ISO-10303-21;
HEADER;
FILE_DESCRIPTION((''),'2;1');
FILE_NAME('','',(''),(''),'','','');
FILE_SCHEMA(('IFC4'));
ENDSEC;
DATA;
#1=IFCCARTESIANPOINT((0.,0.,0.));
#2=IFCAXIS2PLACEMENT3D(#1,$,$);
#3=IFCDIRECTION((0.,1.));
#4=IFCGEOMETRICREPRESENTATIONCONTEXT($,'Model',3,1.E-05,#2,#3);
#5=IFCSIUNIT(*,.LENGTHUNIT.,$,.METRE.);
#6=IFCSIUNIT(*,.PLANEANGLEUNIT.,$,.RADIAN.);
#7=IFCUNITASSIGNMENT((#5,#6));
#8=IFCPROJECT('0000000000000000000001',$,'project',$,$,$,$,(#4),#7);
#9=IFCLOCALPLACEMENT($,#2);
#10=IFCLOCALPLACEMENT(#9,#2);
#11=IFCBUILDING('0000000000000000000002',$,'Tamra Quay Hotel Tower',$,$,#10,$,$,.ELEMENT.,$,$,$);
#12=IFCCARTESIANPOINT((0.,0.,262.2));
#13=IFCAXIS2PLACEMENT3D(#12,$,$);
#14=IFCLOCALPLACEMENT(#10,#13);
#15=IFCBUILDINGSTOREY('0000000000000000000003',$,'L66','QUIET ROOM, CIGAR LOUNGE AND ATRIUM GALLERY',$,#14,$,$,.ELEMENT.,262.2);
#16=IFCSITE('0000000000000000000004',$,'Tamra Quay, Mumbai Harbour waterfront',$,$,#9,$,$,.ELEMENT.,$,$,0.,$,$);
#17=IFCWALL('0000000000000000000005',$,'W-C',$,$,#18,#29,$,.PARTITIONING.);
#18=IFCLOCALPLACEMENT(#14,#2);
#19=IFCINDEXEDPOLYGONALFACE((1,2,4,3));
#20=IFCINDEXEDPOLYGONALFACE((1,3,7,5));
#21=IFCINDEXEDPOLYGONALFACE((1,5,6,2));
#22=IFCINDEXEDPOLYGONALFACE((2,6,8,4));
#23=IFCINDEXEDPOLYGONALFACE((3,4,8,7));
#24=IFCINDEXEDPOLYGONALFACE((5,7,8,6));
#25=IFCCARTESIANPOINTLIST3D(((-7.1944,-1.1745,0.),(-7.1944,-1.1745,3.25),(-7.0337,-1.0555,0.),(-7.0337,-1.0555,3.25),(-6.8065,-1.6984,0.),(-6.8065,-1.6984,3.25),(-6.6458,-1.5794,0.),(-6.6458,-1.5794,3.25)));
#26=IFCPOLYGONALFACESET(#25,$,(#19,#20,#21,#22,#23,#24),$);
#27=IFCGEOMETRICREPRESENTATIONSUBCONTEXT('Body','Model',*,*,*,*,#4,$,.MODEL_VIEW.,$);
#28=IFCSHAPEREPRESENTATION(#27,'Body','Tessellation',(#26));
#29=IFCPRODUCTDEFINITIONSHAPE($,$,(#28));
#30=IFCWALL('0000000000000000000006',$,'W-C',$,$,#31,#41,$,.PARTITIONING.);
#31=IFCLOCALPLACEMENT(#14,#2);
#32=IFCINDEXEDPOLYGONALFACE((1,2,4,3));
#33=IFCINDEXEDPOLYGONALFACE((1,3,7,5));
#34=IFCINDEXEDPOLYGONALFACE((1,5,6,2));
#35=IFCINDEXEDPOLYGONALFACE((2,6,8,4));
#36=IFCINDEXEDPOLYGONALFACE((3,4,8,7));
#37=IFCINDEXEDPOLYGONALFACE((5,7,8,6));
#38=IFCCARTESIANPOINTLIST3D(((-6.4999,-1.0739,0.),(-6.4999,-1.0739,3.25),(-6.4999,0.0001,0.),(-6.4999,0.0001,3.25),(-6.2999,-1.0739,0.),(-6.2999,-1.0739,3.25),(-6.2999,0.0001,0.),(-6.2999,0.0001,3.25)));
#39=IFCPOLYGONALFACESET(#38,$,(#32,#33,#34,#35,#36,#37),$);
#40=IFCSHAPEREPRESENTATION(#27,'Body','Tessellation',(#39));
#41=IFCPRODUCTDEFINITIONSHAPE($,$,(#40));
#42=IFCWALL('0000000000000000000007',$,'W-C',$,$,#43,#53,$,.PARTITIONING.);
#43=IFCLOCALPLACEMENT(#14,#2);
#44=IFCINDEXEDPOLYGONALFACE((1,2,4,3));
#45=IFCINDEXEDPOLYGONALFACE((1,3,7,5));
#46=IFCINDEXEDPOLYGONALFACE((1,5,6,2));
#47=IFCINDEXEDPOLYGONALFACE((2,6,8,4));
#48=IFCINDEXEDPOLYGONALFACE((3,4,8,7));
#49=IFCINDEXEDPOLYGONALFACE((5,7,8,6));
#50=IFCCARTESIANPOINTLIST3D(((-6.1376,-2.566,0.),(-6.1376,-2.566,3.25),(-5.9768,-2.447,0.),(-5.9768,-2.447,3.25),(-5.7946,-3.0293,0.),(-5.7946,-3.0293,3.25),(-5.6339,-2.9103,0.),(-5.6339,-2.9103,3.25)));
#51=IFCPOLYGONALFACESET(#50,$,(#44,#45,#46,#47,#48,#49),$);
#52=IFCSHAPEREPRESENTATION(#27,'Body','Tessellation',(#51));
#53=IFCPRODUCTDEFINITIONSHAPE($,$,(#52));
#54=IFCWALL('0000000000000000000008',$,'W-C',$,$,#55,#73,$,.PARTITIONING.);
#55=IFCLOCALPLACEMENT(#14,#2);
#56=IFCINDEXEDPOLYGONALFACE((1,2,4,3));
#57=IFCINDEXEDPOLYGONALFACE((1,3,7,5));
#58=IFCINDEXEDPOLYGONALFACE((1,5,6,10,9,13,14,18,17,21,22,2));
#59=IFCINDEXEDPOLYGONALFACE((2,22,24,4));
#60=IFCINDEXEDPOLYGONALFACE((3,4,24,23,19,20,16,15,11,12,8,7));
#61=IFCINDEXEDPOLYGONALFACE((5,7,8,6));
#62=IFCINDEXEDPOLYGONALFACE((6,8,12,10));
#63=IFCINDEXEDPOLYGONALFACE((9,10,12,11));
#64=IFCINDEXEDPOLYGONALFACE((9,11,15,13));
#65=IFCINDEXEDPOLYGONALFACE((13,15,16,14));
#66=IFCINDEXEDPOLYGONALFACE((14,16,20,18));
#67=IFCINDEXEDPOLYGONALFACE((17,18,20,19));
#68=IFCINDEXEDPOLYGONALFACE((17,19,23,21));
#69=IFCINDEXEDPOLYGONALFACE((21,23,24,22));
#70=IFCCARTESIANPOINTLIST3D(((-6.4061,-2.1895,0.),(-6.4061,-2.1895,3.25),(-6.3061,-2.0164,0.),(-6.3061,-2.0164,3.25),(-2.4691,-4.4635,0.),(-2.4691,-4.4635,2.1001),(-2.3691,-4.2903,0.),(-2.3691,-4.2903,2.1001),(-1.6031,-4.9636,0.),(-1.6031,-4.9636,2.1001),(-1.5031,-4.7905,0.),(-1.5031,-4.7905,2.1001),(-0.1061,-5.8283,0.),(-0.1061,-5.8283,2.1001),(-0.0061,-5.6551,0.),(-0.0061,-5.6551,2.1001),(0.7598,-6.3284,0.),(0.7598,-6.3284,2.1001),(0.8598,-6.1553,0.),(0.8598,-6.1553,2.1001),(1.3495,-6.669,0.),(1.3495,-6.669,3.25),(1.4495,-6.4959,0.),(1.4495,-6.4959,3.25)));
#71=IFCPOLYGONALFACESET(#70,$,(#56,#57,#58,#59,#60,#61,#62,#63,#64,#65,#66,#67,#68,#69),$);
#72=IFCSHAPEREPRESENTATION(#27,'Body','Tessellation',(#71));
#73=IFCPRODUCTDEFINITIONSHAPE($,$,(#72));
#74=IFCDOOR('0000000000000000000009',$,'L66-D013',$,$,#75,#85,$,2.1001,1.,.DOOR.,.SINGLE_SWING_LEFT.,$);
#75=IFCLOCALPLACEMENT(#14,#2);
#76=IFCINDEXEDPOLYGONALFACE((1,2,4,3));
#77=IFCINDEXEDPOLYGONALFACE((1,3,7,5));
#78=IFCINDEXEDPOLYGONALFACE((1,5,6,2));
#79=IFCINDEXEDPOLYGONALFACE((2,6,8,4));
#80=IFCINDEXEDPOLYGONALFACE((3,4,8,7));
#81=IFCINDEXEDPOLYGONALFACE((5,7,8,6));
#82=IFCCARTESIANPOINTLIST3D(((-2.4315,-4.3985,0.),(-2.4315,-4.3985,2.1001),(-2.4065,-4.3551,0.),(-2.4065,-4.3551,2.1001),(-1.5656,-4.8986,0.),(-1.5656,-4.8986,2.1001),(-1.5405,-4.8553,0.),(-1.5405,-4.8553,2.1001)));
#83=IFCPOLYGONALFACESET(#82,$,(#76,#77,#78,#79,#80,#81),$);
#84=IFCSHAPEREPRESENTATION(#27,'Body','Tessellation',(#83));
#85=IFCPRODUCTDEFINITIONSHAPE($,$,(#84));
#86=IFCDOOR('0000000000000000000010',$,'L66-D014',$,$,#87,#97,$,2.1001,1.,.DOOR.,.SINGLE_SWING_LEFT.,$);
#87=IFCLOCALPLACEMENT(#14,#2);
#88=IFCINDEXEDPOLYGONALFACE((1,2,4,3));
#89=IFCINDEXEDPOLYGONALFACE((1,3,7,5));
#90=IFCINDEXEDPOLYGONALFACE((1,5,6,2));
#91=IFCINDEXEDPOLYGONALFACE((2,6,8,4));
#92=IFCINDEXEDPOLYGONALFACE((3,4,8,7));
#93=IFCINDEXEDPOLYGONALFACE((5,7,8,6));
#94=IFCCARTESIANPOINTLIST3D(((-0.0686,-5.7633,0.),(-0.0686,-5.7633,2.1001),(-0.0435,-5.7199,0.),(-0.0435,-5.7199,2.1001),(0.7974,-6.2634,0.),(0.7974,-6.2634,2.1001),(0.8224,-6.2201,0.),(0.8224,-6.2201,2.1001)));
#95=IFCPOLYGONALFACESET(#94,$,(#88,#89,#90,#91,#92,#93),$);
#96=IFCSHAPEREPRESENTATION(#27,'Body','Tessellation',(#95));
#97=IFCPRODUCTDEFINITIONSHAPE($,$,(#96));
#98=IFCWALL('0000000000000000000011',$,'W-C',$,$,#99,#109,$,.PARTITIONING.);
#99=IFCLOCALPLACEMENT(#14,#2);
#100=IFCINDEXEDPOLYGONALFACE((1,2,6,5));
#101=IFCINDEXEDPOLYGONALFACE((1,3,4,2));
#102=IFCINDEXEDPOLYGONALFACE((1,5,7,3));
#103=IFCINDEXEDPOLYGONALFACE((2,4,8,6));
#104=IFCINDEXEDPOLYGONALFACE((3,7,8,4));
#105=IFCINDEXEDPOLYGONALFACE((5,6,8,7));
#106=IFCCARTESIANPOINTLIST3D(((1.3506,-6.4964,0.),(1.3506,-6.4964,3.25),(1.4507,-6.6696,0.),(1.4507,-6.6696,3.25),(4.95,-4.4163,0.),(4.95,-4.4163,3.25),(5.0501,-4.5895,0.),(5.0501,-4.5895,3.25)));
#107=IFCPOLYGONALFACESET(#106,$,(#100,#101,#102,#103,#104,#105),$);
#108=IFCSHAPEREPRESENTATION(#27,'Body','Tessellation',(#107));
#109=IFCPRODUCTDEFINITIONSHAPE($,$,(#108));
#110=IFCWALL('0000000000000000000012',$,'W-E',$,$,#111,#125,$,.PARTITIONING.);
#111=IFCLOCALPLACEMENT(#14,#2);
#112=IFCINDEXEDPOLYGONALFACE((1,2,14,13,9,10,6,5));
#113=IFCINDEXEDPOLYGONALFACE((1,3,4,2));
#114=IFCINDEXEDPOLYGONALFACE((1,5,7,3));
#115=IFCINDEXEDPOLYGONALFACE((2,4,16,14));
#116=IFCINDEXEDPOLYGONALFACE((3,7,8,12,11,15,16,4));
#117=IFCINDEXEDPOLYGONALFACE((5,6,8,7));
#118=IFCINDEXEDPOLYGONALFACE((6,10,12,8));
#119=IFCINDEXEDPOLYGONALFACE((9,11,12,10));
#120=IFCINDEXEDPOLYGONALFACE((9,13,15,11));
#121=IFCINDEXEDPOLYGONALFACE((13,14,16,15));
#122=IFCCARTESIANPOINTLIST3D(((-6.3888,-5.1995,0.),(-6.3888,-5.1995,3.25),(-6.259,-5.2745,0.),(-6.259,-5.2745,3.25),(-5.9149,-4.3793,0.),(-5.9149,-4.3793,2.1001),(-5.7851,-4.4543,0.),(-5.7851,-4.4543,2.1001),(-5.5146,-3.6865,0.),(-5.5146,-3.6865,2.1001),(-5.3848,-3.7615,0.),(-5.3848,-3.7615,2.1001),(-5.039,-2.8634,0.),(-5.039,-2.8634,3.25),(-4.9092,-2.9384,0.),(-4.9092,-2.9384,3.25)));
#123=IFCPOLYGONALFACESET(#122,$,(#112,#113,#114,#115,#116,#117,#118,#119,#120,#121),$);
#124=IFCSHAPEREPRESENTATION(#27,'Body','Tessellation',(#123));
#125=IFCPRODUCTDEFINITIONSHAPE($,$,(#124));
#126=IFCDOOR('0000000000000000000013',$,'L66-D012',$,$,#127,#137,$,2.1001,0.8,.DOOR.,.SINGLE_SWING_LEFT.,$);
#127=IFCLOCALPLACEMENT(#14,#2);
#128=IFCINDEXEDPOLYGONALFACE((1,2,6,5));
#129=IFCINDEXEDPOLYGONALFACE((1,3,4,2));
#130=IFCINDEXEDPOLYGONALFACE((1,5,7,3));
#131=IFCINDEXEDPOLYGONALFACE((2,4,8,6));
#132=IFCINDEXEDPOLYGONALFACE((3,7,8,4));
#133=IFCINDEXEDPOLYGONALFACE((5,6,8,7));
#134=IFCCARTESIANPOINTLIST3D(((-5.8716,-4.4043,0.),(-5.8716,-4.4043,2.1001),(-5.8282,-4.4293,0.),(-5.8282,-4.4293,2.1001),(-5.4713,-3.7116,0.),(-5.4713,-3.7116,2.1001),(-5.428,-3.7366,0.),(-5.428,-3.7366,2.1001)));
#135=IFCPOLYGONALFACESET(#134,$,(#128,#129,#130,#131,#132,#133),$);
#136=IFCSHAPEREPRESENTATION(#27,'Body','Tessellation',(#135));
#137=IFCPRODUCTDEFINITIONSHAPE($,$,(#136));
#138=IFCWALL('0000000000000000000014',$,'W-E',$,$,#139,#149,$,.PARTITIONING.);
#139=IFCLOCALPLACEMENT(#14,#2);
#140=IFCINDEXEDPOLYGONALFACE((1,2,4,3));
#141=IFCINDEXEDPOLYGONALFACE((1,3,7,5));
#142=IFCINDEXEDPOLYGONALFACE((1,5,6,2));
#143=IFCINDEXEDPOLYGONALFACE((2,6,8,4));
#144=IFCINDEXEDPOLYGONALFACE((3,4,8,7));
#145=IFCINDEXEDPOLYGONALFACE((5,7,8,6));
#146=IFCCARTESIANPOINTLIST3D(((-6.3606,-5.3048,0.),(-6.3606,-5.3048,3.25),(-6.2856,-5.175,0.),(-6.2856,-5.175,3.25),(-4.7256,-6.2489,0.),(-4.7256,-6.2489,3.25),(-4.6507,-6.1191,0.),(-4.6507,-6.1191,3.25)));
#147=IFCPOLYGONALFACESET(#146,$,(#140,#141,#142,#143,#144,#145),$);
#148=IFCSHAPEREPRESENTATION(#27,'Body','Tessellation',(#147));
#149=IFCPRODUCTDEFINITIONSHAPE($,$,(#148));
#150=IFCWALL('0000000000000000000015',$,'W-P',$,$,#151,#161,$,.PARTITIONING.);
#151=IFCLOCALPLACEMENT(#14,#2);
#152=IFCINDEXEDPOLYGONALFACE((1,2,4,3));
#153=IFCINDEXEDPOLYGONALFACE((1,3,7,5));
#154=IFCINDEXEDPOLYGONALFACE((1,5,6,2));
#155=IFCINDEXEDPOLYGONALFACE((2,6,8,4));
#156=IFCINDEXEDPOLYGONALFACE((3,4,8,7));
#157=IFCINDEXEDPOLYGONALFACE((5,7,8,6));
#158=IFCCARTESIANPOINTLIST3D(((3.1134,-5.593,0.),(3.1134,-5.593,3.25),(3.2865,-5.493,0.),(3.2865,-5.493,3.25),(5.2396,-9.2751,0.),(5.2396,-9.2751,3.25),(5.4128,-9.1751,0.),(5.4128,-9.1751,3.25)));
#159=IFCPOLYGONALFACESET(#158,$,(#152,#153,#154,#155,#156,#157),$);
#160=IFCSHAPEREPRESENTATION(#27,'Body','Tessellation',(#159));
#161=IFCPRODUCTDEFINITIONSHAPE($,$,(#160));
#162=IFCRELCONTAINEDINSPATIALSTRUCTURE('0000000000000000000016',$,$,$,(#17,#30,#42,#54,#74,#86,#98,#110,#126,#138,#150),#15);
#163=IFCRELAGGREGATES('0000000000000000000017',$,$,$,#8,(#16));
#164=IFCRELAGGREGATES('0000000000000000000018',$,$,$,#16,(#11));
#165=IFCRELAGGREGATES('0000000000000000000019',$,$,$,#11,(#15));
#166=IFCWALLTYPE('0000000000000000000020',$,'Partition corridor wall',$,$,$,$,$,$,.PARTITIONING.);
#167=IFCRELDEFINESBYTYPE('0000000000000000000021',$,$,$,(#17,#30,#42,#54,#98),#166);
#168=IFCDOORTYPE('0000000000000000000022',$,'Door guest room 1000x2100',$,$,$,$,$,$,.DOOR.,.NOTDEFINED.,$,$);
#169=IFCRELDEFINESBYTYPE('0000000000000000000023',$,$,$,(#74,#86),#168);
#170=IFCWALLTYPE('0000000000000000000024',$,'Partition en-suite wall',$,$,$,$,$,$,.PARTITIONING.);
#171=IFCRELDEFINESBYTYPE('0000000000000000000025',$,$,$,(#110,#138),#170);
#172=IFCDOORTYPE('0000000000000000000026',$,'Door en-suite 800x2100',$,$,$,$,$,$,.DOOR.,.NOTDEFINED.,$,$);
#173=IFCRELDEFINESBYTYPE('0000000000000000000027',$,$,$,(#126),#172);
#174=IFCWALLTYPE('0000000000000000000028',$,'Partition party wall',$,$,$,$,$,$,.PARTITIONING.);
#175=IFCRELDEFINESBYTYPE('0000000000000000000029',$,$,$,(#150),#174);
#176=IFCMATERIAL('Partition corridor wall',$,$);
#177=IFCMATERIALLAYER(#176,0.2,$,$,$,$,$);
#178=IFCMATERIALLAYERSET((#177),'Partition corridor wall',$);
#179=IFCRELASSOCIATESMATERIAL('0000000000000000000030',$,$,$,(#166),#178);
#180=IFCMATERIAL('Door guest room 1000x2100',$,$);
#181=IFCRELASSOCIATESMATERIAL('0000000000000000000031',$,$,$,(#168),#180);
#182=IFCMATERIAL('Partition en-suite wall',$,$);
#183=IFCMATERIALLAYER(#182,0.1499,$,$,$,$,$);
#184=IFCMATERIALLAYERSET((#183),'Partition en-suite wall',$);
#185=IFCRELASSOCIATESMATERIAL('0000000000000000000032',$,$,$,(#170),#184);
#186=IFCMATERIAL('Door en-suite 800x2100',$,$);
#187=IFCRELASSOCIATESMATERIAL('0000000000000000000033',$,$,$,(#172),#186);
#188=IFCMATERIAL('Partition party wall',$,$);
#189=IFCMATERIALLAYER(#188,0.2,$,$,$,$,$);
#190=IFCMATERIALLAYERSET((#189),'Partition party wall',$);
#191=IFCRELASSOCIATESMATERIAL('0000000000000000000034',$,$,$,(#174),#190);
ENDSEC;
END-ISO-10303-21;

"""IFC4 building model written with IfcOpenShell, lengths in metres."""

from ifc_helpers import new_model, si_unit, direction, frame, frame_2d, origin, place, context, subcontext, project, spatial, rectangle, extrude, material, layer, layer_set, type_object, element, fill, save


model = new_model("IFC4")

# Units and contexts
model_context = context("Model", 3, precision=1e-05, world=origin(), true_north=direction((0.0, 1.0)))
body_context = subcontext(model_context, "Body", "Model", "MODEL_VIEW")
ifc_project = project(units=[si_unit("LENGTHUNIT", "METRE"), si_unit("PLANEANGLEUNIT", "RADIAN")], contexts=[model_context])

# Site, building, storey
site_placement = place(None, origin())
site = spatial("IfcSite", under=ifc_project, at=site_placement, Name="Tamra Quay, Mumbai Harbour waterfront", CompositionType="ELEMENT", RefElevation=0.0)
building_placement = place(site_placement, origin())
building = spatial("IfcBuilding", under=site, at=building_placement, Name="Tamra Quay Hotel Tower", CompositionType="ELEMENT")
storey_placement = place(building_placement, frame((0.0, 0.0, 262.2)))
storey = spatial("IfcBuildingStorey", under=building, at=storey_placement, Name="L66", Description="QUIET ROOM, CIGAR LOUNGE AND ATRIUM GALLERY", CompositionType="ELEMENT", Elevation=262.2)

# Shared definitions
ifc_material_1 = material(Name="Partition corridor wall")
ifc_layer_1 = layer(ifc_material_1, 0.2)
ifc_layer_set_1 = layer_set([ifc_layer_1], Name="Partition corridor wall")
wall_type_1 = type_object("IfcWallType", Name="Partition corridor wall", PredefinedType="PARTITIONING", material=ifc_layer_set_1)

# Walls
wall_1_placement = place(storey_placement, frame((-7.114, -1.115, 0.0), z_axis=(0.0, 0.0, 1.0), x_axis=(0.595075, -0.80367, 0.0)))
element("IfcWall", 1, at=wall_1_placement, inside=storey, type_object=wall_type_1, Name="W-C", PredefinedType="PARTITIONING", context=body_context, shape_type="SweptSolid", body=[
    extrude(rectangle(XDim=0.6519, YDim=0.2, at=frame_2d((0.3259, 0.0))), origin(), (0.0, 0.0, 1.0), 3.25),
])
wall_2_placement = place(storey_placement, frame((-6.3999, -1.074, 0.0), z_axis=(0.0, 0.0, 1.0), x_axis=(0.0, 1.0, 0.0)))
element("IfcWall", 2, at=wall_2_placement, inside=storey, type_object=wall_type_1, Name="W-C", PredefinedType="PARTITIONING", context=body_context, shape_type="SweptSolid", body=[
    extrude(rectangle(XDim=1.074, YDim=0.2, at=frame_2d((0.5371, 0.0))), origin(), (0.0, 0.0, 1.0), 3.25),
])
wall_3_placement = place(storey_placement, frame((-6.0571, -2.5066, 0.0), z_axis=(0.0, 0.0, 1.0), x_axis=(0.594974, -0.803745, 0.0)))
element("IfcWall", 3, at=wall_3_placement, inside=storey, type_object=wall_type_1, Name="W-C", PredefinedType="PARTITIONING", context=body_context, shape_type="SweptSolid", body=[
    extrude(rectangle(XDim=0.5764, YDim=0.2, at=frame_2d((0.2881, 0.0))), origin(), (0.0, 0.0, 1.0), 3.25),
])

# Wall, openings, doors
wall_4_placement = place(storey_placement, frame((-6.356, -2.103, 0.0), z_axis=(0.0, 0.0, 1.0), x_axis=(0.865939, -0.50015, 0.0)))
wall_4 = element("IfcWall", 4, at=wall_4_placement, inside=storey, type_object=wall_type_1, Name="W-C", PredefinedType="PARTITIONING", context=body_context, shape_type="SweptSolid", body=[
    extrude(rectangle(XDim=8.9563, YDim=0.2, at=frame_2d((4.478, 0.0))), origin(), (0.0, 0.0, 1.0), 3.25),
])
opening_1_placement = place(wall_4_placement, frame((4.5464, 0.0, 0.0)))
opening_1 = element("IfcOpeningElement", 5, at=opening_1_placement, cuts=wall_4, PredefinedType="OPENING", context=body_context, shape_type="SweptSolid", body=[
    extrude(rectangle(XDim=1.0, YDim=2.1001, at=frame_2d((0.5, 1.05))), frame((0.0, 0.1099, 0.0), z_axis=(0.0, -1.0, 0.0), x_axis=(1.0, 0.0, 0.0)), (0.0, 0.0, 1.0), 0.22),
])
opening_2_placement = place(wall_4_placement, frame((7.2751, 0.0, 0.0)))
opening_2 = element("IfcOpeningElement", 6, at=opening_2_placement, cuts=wall_4, PredefinedType="OPENING", context=body_context, shape_type="SweptSolid", body=[
    extrude(rectangle(XDim=1.0, YDim=2.1001, at=frame_2d((0.5, 1.05))), frame((0.0, 0.1099, 0.0), z_axis=(0.0, -1.0, 0.0), x_axis=(1.0, 0.0, 0.0)), (0.0, 0.0, 1.0), 0.22),
])
ifc_material_2 = material(Name="Door guest room 1000x2100")
door_type_1 = type_object("IfcDoorType", Name="Door guest room 1000x2100", OperationType="NOTDEFINED", PredefinedType="DOOR", material=ifc_material_2)
door_1_placement = place(opening_1_placement, frame((1.0, 0.0, 0.0), z_axis=(0.0, 0.0, 1.0), x_axis=(-1.0, 0.0, 0.0)))
door_1 = element("IfcDoor", 7, at=door_1_placement, inside=storey, type_object=door_type_1, Name="L66-D013", OperationType="SINGLE_SWING_LEFT", OverallHeight=2.1001, OverallWidth=1.0, PredefinedType="DOOR", context=body_context, shape_type="SweptSolid", body=[
    extrude(rectangle(XDim=1.0, YDim=2.1001, at=frame_2d((0.5, 1.05))), frame((0.0, 0.0249, 0.0), z_axis=(0.0, -1.0, 0.0), x_axis=(1.0, 0.0, 0.0)), (0.0, 0.0, 1.0), 0.05),
])
fill(opening_1, door_1)
door_2_placement = place(opening_2_placement, frame((1.0, 0.0, 0.0), z_axis=(0.0, 0.0, 1.0), x_axis=(-1.0, 0.0, 0.0)))
door_2 = element("IfcDoor", 8, at=door_2_placement, inside=storey, type_object=door_type_1, Name="L66-D014", OperationType="SINGLE_SWING_LEFT", OverallHeight=2.1001, OverallWidth=1.0, PredefinedType="DOOR", context=body_context, shape_type="SweptSolid", body=[
    extrude(rectangle(XDim=1.0, YDim=2.1001, at=frame_2d((0.5, 1.05))), frame((0.0, 0.0249, 0.0), z_axis=(0.0, -1.0, 0.0), x_axis=(1.0, 0.0, 0.0)), (0.0, 0.0, 1.0), 0.05),
])
fill(opening_2, door_2)

# Wall
wall_5_placement = place(storey_placement, frame((1.4006, -6.583, 0.0), z_axis=(0.0, 0.0, 1.0), x_axis=(0.865819, 0.500358, 0.0)))
element("IfcWall", 9, at=wall_5_placement, inside=storey, type_object=wall_type_1, Name="W-C", PredefinedType="PARTITIONING", context=body_context, shape_type="SweptSolid", body=[
    extrude(rectangle(XDim=4.1572, YDim=0.2, at=frame_2d((2.0786, 0.0))), origin(), (0.0, 0.0, 1.0), 3.25),
])

# Wall, opening, door
ifc_material_3 = material(Name="Partition en-suite wall")
ifc_layer_2 = layer(ifc_material_3, 0.1499)
ifc_layer_set_2 = layer_set([ifc_layer_2], Name="Partition en-suite wall")
wall_type_2 = type_object("IfcWallType", Name="Partition en-suite wall", PredefinedType="PARTITIONING", material=ifc_layer_set_2)
wall_6_placement = place(storey_placement, frame((-6.324, -5.2371, 0.0), z_axis=(0.0, 0.0, 1.0), x_axis=(0.500294, 0.865855, 0.0)))
wall_6 = element("IfcWall", 10, at=wall_6_placement, inside=storey, type_object=wall_type_2, Name="W-E", PredefinedType="PARTITIONING", context=body_context, shape_type="SweptSolid", body=[
    extrude(rectangle(XDim=2.698, YDim=0.1499, at=frame_2d((1.3491, 0.0))), origin(), (0.0, 0.0, 1.0), 3.25),
])
opening_3_placement = place(wall_6_placement, frame((0.9475, 0.0, 0.0)))
opening_3 = element("IfcOpeningElement", 11, at=opening_3_placement, cuts=wall_6, PredefinedType="OPENING", context=body_context, shape_type="SweptSolid", body=[
    extrude(rectangle(XDim=0.8, YDim=2.1001, at=frame_2d((0.3999, 1.05))), frame((0.0, 0.085, 0.0), z_axis=(0.0, -1.0, 0.0), x_axis=(1.0, 0.0, 0.0)), (0.0, 0.0, 1.0), 0.1699),
])
ifc_material_4 = material(Name="Door en-suite 800x2100")
door_type_2 = type_object("IfcDoorType", Name="Door en-suite 800x2100", OperationType="NOTDEFINED", PredefinedType="DOOR", material=ifc_material_4)
door_3_placement = place(opening_3_placement, origin())
door_3 = element("IfcDoor", 12, at=door_3_placement, inside=storey, type_object=door_type_2, Name="L66-D012", OperationType="SINGLE_SWING_LEFT", OverallHeight=2.1001, OverallWidth=0.8, PredefinedType="DOOR", context=body_context, shape_type="SweptSolid", body=[
    extrude(rectangle(XDim=0.8, YDim=2.1001, at=frame_2d((0.3999, 1.05))), frame((0.0, 0.0249, 0.0), z_axis=(0.0, -1.0, 0.0), x_axis=(1.0, 0.0, 0.0)), (0.0, 0.0, 1.0), 0.05),
])
fill(opening_3, door_3)

# Walls
wall_7_placement = place(storey_placement, frame((-6.323, -5.24, 0.0), z_axis=(0.0, 0.0, 1.0), x_axis=(0.865998, -0.500047, 0.0)))
element("IfcWall", 13, at=wall_7_placement, inside=storey, type_object=wall_type_2, Name="W-E", PredefinedType="PARTITIONING", context=body_context, shape_type="SweptSolid", body=[
    extrude(rectangle(XDim=1.8879, YDim=0.1499, at=frame_2d((0.9438, 0.0))), origin(), (0.0, 0.0, 1.0), 3.25),
])
ifc_material_5 = material(Name="Partition party wall")
ifc_layer_3 = layer(ifc_material_5, 0.2)
ifc_layer_set_3 = layer_set([ifc_layer_3], Name="Partition party wall")
wall_type_3 = type_object("IfcWallType", Name="Partition party wall", PredefinedType="PARTITIONING", material=ifc_layer_set_3)
wall_8_placement = place(storey_placement, frame((3.2, -5.543, 0.0), z_axis=(0.0, 0.0, 1.0), x_axis=(0.50006, -0.865991, 0.0)))
element("IfcWall", 14, at=wall_8_placement, inside=storey, type_object=wall_type_3, Name="W-P", PredefinedType="PARTITIONING", context=body_context, shape_type="SweptSolid", body=[
    extrude(rectangle(XDim=4.252, YDim=0.2, at=frame_2d((2.126, 0.0))), origin(), (0.0, 0.0, 1.0), 3.25),
])

save(model, "model.ifc")
